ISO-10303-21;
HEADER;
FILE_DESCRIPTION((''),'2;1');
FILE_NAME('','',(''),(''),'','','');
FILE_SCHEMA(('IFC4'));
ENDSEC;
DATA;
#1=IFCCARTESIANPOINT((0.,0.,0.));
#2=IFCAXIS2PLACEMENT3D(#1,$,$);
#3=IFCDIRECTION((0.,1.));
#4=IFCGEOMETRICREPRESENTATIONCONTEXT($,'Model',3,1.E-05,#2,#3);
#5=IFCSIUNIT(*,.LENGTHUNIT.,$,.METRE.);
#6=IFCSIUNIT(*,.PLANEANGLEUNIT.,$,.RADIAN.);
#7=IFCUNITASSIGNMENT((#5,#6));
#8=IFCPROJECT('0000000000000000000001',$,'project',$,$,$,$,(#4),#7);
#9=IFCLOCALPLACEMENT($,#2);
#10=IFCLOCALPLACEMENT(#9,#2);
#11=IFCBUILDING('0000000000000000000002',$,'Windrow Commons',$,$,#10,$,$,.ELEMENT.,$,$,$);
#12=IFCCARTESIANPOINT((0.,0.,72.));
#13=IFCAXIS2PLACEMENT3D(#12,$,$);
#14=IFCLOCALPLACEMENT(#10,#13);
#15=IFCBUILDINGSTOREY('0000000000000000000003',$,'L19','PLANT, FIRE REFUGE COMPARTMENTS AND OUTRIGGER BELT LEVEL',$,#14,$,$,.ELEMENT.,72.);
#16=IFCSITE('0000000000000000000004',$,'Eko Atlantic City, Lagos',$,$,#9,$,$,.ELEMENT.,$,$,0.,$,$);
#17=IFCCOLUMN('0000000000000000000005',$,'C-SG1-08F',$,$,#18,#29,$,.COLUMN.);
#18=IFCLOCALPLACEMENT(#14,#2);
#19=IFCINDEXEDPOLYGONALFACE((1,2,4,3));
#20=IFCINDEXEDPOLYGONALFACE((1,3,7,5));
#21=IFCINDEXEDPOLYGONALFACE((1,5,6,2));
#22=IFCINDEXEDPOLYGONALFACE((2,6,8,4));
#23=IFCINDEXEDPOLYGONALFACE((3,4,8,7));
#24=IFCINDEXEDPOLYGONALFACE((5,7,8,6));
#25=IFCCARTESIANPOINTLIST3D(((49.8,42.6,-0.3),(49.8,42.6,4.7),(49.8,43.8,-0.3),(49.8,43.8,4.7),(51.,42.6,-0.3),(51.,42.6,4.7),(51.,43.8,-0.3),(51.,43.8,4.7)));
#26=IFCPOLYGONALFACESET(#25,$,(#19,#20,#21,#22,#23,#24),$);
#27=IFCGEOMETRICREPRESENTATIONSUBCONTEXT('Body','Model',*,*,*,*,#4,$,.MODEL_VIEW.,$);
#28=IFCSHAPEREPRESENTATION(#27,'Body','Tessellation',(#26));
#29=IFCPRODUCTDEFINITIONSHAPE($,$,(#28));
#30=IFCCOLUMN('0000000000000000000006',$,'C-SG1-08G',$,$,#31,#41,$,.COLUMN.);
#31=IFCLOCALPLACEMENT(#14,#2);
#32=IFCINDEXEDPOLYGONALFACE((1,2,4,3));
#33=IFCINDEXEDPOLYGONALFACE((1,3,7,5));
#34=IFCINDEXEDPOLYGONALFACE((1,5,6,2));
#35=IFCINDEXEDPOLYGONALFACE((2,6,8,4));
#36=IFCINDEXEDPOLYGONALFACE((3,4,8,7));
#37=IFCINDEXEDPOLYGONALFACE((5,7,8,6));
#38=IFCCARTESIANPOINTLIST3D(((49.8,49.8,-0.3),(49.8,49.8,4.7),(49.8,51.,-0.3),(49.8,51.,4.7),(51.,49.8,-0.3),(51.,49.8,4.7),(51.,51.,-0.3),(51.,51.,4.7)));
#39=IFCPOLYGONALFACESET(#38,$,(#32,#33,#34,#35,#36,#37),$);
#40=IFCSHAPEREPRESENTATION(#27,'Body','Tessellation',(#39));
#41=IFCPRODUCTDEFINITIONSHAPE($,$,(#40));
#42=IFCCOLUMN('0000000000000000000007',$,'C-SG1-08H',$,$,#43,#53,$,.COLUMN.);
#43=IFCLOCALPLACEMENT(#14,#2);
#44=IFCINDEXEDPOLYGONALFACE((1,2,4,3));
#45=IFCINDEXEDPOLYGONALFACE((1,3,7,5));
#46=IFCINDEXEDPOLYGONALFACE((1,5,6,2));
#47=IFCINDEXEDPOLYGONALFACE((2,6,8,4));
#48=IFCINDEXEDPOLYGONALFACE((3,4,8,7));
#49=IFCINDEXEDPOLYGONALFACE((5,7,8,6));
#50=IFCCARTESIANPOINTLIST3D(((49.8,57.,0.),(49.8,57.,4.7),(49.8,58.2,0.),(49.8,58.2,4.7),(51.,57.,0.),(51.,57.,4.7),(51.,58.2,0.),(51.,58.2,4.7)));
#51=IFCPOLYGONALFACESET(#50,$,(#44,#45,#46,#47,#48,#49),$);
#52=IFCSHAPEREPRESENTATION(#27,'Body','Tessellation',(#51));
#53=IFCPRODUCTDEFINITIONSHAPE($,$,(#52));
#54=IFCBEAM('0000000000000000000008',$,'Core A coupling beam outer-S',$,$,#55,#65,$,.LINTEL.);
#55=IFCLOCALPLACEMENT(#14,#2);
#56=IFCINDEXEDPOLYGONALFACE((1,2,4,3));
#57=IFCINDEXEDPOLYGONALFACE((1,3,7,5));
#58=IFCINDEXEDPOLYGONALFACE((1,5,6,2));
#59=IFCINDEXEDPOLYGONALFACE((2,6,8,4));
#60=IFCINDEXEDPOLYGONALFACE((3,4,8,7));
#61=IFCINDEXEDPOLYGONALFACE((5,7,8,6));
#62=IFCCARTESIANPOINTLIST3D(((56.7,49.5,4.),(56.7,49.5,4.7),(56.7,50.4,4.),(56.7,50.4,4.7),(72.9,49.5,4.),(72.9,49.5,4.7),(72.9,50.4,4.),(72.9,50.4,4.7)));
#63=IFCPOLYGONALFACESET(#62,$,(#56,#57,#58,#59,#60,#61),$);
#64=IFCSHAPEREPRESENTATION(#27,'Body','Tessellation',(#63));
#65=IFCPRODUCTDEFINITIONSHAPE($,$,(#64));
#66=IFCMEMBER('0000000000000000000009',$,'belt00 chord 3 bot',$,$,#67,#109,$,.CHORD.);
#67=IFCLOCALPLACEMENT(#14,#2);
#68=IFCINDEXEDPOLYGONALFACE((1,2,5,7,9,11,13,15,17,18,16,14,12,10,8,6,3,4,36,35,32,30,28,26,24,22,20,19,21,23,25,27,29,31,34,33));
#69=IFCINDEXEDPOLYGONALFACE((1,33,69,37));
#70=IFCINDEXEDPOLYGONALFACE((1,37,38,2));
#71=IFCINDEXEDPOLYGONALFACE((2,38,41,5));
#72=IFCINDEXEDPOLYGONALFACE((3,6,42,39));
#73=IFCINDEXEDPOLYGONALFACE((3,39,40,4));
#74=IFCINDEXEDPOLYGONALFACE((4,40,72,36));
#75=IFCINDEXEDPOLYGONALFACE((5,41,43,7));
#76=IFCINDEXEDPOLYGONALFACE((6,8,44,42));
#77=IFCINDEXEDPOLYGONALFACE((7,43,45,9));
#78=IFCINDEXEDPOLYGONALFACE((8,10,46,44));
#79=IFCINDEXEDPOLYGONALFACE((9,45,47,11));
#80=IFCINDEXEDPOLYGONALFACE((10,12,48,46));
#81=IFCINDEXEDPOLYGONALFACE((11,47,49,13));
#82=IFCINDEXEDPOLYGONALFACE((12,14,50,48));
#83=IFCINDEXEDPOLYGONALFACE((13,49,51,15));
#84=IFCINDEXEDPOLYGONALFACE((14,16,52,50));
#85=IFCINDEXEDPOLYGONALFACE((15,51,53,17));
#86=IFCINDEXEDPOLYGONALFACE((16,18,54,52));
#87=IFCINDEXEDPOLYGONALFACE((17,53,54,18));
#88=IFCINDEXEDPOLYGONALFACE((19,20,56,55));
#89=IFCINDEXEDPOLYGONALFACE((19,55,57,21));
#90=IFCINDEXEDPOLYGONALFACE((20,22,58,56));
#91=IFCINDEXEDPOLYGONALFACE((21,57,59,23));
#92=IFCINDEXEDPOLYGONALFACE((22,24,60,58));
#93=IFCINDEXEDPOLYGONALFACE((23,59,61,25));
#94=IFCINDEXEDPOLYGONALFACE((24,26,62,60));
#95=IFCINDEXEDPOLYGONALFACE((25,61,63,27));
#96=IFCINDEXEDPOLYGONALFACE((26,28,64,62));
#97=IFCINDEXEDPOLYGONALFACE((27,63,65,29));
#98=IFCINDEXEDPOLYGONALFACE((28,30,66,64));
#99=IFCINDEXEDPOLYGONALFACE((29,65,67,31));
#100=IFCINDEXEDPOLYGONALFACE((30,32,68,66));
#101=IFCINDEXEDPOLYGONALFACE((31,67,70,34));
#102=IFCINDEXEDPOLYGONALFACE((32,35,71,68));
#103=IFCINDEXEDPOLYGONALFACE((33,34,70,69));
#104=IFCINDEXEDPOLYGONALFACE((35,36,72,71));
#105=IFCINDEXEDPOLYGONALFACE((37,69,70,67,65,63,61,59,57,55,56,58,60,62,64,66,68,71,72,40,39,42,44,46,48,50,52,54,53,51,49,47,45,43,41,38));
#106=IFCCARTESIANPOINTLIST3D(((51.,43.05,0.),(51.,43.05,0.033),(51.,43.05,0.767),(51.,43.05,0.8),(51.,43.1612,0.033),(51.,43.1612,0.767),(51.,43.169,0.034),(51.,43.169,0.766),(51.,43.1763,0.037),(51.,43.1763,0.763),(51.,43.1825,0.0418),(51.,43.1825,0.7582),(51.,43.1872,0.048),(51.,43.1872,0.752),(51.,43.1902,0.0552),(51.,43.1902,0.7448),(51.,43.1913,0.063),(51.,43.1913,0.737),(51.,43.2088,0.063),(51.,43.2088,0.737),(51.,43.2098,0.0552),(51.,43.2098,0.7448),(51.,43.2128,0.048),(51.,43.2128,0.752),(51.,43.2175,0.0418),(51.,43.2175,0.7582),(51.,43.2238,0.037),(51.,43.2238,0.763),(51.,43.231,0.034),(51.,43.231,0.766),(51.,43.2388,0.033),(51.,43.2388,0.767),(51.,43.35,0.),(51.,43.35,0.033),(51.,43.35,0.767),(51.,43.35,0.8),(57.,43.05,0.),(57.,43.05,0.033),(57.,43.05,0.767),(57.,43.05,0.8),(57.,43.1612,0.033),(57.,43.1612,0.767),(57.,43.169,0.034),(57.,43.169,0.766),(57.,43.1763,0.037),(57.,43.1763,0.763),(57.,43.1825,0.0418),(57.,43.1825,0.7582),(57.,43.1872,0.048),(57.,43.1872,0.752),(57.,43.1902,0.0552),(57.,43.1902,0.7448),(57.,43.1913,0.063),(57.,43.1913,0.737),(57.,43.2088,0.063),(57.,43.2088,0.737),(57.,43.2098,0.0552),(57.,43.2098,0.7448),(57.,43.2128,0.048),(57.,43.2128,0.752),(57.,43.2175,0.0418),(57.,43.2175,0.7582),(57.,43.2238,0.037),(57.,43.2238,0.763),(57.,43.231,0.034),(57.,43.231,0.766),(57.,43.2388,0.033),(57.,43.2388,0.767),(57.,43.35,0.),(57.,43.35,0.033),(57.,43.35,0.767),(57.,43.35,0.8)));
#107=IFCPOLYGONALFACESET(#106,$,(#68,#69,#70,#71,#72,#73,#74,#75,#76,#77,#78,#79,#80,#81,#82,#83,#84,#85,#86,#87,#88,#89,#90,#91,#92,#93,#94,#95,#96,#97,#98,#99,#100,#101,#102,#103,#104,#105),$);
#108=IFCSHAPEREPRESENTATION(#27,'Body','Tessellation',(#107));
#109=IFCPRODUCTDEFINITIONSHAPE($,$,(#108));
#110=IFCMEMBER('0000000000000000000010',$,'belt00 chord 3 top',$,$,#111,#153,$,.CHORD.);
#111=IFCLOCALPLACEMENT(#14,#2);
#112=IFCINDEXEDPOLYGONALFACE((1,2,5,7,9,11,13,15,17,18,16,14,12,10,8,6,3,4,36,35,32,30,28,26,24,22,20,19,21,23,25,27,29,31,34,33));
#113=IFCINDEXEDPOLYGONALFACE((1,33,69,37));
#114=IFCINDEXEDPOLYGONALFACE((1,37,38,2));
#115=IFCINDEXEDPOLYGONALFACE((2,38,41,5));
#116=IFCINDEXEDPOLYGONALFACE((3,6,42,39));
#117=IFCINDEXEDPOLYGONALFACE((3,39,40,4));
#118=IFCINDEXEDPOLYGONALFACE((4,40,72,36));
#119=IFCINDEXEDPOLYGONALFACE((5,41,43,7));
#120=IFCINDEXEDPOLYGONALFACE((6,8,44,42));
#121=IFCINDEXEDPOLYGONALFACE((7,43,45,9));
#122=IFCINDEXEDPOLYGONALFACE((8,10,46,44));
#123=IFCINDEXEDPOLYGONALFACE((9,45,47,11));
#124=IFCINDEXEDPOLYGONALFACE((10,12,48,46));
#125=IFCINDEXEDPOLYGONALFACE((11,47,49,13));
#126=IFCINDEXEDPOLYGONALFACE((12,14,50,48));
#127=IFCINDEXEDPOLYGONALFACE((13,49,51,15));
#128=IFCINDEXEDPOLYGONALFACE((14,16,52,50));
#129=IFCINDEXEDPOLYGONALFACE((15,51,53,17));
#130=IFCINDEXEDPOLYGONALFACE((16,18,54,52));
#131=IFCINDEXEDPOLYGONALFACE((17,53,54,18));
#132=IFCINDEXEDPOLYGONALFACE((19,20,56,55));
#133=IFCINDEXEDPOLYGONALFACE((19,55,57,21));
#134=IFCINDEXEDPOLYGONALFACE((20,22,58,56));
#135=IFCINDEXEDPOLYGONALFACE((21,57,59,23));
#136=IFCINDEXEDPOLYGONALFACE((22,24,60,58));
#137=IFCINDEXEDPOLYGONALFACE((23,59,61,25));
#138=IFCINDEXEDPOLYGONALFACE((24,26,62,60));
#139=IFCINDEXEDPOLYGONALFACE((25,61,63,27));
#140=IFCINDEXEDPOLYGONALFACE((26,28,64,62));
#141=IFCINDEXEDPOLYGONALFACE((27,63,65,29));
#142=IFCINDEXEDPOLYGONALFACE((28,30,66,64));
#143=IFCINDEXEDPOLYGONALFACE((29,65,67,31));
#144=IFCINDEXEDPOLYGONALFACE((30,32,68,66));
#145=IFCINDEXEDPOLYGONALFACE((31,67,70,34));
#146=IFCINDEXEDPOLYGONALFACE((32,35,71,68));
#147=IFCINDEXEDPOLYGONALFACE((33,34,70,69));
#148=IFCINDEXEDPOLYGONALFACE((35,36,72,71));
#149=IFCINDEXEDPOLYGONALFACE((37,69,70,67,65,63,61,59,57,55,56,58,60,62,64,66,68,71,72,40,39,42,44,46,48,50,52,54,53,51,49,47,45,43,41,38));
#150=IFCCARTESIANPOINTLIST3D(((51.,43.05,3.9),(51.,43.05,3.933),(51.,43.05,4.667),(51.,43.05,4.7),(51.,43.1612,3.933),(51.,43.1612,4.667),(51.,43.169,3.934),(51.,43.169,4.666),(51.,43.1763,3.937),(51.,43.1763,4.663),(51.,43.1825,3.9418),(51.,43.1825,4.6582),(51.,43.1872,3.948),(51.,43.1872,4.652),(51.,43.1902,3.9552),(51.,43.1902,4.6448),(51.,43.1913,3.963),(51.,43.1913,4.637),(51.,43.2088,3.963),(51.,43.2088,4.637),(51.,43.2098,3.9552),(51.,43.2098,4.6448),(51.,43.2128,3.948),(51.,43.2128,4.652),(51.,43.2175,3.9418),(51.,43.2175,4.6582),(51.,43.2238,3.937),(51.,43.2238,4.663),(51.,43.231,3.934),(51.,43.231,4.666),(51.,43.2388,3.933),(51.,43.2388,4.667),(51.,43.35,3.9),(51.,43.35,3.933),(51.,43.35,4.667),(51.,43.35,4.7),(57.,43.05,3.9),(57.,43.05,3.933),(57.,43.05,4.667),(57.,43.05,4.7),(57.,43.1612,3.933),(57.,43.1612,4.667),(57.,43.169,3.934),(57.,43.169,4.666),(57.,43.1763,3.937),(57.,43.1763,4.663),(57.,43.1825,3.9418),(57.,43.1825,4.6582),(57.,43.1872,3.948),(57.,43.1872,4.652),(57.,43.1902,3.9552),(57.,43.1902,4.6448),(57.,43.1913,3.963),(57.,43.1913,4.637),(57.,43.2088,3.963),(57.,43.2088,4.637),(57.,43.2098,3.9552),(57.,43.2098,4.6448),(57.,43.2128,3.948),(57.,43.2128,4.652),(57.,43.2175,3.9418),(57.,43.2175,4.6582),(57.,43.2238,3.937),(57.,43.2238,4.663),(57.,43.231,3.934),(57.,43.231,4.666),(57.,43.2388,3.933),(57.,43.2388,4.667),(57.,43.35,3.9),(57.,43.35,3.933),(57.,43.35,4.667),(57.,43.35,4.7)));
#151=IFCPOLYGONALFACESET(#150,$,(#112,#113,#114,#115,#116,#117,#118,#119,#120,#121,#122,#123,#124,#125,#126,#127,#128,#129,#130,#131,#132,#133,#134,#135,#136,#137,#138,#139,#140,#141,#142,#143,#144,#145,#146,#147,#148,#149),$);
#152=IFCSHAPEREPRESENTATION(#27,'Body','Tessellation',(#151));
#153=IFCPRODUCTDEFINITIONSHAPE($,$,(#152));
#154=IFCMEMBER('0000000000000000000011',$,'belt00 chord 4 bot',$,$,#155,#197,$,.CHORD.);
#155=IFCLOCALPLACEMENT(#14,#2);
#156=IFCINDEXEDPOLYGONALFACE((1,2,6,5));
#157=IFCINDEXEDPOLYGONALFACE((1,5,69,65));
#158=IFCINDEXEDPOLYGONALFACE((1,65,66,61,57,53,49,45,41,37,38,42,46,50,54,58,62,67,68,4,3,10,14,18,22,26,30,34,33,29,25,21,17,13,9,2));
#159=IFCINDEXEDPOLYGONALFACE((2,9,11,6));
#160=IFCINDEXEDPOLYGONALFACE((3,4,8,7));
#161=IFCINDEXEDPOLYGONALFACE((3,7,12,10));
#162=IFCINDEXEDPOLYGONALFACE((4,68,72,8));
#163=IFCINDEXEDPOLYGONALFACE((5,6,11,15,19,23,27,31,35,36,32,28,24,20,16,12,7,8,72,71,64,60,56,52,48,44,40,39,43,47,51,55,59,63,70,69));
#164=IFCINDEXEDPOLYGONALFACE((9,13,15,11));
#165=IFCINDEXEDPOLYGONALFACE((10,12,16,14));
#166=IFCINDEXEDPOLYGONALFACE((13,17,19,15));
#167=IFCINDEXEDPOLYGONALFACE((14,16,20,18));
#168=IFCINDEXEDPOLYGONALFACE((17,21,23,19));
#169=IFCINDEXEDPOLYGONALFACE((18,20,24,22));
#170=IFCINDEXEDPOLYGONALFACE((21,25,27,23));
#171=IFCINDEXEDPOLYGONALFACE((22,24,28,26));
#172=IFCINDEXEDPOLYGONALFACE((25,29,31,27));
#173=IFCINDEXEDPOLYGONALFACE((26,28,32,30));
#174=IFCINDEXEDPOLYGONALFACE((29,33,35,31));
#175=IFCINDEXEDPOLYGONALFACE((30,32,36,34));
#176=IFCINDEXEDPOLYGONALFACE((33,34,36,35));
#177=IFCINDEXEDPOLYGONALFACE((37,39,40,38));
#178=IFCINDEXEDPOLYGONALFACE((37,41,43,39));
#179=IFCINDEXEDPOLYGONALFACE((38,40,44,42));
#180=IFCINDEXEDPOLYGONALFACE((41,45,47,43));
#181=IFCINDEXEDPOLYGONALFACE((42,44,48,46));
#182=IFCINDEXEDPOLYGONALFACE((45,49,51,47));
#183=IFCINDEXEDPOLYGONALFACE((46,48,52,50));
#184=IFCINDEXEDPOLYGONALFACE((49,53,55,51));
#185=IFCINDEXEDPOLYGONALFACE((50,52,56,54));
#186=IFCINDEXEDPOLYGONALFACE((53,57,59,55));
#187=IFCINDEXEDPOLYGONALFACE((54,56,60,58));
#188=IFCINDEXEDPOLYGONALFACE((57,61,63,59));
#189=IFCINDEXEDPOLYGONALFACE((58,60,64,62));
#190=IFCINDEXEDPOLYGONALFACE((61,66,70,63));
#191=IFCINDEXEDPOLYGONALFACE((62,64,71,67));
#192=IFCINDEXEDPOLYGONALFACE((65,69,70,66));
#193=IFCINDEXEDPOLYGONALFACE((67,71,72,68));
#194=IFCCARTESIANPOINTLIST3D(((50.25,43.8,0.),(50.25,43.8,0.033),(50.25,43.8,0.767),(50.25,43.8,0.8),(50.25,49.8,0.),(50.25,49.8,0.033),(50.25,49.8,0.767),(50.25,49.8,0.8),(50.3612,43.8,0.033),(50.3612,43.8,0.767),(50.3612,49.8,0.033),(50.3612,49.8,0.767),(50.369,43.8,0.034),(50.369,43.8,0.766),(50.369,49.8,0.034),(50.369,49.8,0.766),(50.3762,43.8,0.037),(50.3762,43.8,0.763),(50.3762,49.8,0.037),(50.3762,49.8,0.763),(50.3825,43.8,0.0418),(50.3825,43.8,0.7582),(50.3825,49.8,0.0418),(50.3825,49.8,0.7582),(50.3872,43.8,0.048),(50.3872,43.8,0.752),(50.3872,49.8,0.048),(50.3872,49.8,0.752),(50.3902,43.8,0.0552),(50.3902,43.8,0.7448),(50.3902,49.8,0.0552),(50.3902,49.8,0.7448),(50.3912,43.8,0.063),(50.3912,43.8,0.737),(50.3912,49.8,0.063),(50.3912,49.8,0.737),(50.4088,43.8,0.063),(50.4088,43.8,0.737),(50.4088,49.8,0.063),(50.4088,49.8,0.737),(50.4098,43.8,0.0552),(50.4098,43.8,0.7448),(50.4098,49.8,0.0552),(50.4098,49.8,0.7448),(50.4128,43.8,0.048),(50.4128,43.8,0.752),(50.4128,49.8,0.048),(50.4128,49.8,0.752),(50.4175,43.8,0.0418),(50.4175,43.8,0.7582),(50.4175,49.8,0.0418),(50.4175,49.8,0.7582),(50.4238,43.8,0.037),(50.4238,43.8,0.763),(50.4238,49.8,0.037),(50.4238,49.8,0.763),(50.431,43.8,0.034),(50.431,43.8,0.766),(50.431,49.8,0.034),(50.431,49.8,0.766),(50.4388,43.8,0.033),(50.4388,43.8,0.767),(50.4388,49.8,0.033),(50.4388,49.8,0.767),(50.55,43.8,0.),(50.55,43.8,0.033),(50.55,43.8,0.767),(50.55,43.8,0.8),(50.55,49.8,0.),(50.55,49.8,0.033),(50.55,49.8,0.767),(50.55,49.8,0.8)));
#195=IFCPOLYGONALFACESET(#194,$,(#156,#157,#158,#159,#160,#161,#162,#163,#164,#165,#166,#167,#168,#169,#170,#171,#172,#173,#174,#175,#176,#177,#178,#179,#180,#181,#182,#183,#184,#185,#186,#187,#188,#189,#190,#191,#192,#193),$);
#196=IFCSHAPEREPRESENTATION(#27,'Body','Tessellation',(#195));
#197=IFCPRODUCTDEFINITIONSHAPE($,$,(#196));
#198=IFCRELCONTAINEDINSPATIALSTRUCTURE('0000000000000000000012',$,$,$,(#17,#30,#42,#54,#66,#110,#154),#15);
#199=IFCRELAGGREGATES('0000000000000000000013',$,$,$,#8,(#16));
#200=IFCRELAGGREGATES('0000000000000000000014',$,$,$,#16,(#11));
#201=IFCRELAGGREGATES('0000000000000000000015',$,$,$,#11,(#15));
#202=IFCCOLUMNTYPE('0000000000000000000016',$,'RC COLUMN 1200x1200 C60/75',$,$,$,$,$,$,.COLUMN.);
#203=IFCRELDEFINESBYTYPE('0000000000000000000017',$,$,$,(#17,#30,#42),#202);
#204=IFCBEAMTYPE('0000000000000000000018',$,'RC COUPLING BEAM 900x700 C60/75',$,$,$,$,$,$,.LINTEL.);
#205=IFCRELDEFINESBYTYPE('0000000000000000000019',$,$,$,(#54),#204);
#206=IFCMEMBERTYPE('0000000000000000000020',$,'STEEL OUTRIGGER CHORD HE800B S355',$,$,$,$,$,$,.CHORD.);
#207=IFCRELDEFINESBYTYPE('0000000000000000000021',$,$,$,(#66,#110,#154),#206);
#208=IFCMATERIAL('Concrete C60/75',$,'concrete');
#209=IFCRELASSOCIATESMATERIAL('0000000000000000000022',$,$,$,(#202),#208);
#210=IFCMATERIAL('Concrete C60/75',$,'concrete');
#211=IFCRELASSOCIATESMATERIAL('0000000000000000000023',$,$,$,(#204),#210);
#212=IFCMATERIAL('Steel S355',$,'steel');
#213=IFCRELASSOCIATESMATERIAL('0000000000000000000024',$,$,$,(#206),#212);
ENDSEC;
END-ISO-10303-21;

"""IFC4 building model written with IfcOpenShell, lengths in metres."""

from ifc_helpers import new_model, si_unit, direction, frame, origin, origin_2d, place, context, subcontext, project, spatial, rectangle, i_section, extrude, material, material_profile, profile_set, type_object, element, save


model = new_model("IFC4")

# Units and contexts
model_context = context("Model", 3, precision=1e-05, world=origin(), true_north=direction((0.0, 1.0)))
body_context = subcontext(model_context, "Body", "Model", "MODEL_VIEW")
ifc_project = project(units=[si_unit("LENGTHUNIT", "METRE"), si_unit("PLANEANGLEUNIT", "RADIAN")], contexts=[model_context])

# Site, building, storey
site_placement = place(None, origin())
site = spatial("IfcSite", under=ifc_project, at=site_placement, Name="Eko Atlantic City, Lagos", CompositionType="ELEMENT", RefElevation=0.0)
building_placement = place(site_placement, origin())
building = spatial("IfcBuilding", under=site, at=building_placement, Name="Windrow Commons", CompositionType="ELEMENT")
storey_placement = place(building_placement, frame((0.0, 0.0, 72.0)))
storey = spatial("IfcBuildingStorey", under=building, at=storey_placement, Name="L19", Description="PLANT, FIRE REFUGE COMPARTMENTS AND OUTRIGGER BELT LEVEL", CompositionType="ELEMENT", Elevation=72.0)

# Columns
ifc_material_1 = material(Name="Concrete C60/75", Category="concrete")
ifc_material_profile_1 = material_profile(ifc_material_1, rectangle(XDim=1.2, YDim=1.2, at=origin_2d()))
ifc_profile_set_1 = profile_set([ifc_material_profile_1], Name="Concrete C60/75")
column_type = type_object("IfcColumnType", Name="RC COLUMN 1200x1200 C60/75", PredefinedType="COLUMN", material=ifc_profile_set_1)
for number, where, z_axis, x_axis, name in (
    (1, (50.4, 43.2, -0.3), (0.0, 0.0, 1.0), (1.0, 0.0, 0.0), "C-SG1-08F"),
    (2, (50.4, 50.4, -0.3), (0.0, 0.0, 1.0), (1.0, 0.0, 0.0), "C-SG1-08G"),
):
    element("IfcColumn", number, at=place(storey_placement, frame(where, z_axis=z_axis, x_axis=x_axis)), inside=storey, type_object=column_type, Name=name, PredefinedType="COLUMN", context=body_context, shape_type="SweptSolid", body=[
        extrude(rectangle(XDim=1.2, YDim=1.2, at=origin_2d()), origin(), (0.0, 0.0, 1.0), 5.0),
    ])
column_placement = place(storey_placement, frame((50.4, 57.6, 0.0), z_axis=(0.0, 0.0, 1.0), x_axis=(1.0, 0.0, 0.0)))
element("IfcColumn", 3, at=column_placement, inside=storey, type_object=column_type, Name="C-SG1-08H", PredefinedType="COLUMN", context=body_context, shape_type="SweptSolid", body=[
    extrude(rectangle(XDim=1.2, YDim=1.2, at=origin_2d()), origin(), (0.0, 0.0, 1.0), 4.7),
])

# Beam
ifc_material_2 = material(Name="Concrete C60/75", Category="concrete")
ifc_material_profile_2 = material_profile(ifc_material_2, rectangle(XDim=0.9, YDim=0.7, at=origin_2d()))
ifc_profile_set_2 = profile_set([ifc_material_profile_2], Name="Concrete C60/75")
beam_type = type_object("IfcBeamType", Name="RC COUPLING BEAM 900x700 C60/75", PredefinedType="LINTEL", material=ifc_profile_set_2)
beam_placement = place(storey_placement, frame((56.7, 49.95, 4.35), z_axis=(1.0, 0.0, 0.0), x_axis=(0.0, 1.0, 0.0)))
element("IfcBeam", 4, at=beam_placement, inside=storey, type_object=beam_type, Name="Core A coupling beam outer-S", PredefinedType="LINTEL", context=body_context, shape_type="SweptSolid", body=[
    extrude(rectangle(XDim=0.9, YDim=0.7, at=origin_2d()), origin(), (0.0, 0.0, 1.0), 16.2),
])

# Members
ifc_material_3 = material(Name="Steel S355", Category="steel")
ifc_material_profile_3 = material_profile(ifc_material_3, i_section(OverallWidth=0.3, OverallDepth=0.8, WebThickness=0.0175, FlangeThickness=0.033, FilletRadius=0.03, at=origin_2d()))
ifc_profile_set_3 = profile_set([ifc_material_profile_3], Name="Steel S355")
member_type_1 = type_object("IfcMemberType", Name="STEEL OUTRIGGER CHORD HE800B S355", PredefinedType="CHORD", material=ifc_profile_set_3)
for number, where, z_axis, x_axis, name in (
    (5, (57.0, 43.2, 0.4), (-1.0, 0.0, 0.0), (0.0, -1.0, 0.0), "belt00 chord 3 bot"),
    (6, (57.0, 43.2, 4.3), (-1.0, 0.0, 0.0), (0.0, -1.0, 0.0), "belt00 chord 3 top"),
    (7, (50.4, 43.8, 0.4), (0.0, 1.0, 0.0), (-1.0, 0.0, 0.0), "belt00 chord 4 bot"),
):
    element("IfcMember", number, at=place(storey_placement, frame(where, z_axis=z_axis, x_axis=x_axis)), inside=storey, type_object=member_type_1, Name=name, PredefinedType="CHORD", context=body_context, shape_type="SweptSolid", body=[
        extrude(i_section(OverallWidth=0.3, OverallDepth=0.8, WebThickness=0.0175, FlangeThickness=0.033, FilletRadius=0.03, at=origin_2d()), origin(), (0.0, 0.0, 1.0), 6.0),
    ])

save(model, "model.ifc")
